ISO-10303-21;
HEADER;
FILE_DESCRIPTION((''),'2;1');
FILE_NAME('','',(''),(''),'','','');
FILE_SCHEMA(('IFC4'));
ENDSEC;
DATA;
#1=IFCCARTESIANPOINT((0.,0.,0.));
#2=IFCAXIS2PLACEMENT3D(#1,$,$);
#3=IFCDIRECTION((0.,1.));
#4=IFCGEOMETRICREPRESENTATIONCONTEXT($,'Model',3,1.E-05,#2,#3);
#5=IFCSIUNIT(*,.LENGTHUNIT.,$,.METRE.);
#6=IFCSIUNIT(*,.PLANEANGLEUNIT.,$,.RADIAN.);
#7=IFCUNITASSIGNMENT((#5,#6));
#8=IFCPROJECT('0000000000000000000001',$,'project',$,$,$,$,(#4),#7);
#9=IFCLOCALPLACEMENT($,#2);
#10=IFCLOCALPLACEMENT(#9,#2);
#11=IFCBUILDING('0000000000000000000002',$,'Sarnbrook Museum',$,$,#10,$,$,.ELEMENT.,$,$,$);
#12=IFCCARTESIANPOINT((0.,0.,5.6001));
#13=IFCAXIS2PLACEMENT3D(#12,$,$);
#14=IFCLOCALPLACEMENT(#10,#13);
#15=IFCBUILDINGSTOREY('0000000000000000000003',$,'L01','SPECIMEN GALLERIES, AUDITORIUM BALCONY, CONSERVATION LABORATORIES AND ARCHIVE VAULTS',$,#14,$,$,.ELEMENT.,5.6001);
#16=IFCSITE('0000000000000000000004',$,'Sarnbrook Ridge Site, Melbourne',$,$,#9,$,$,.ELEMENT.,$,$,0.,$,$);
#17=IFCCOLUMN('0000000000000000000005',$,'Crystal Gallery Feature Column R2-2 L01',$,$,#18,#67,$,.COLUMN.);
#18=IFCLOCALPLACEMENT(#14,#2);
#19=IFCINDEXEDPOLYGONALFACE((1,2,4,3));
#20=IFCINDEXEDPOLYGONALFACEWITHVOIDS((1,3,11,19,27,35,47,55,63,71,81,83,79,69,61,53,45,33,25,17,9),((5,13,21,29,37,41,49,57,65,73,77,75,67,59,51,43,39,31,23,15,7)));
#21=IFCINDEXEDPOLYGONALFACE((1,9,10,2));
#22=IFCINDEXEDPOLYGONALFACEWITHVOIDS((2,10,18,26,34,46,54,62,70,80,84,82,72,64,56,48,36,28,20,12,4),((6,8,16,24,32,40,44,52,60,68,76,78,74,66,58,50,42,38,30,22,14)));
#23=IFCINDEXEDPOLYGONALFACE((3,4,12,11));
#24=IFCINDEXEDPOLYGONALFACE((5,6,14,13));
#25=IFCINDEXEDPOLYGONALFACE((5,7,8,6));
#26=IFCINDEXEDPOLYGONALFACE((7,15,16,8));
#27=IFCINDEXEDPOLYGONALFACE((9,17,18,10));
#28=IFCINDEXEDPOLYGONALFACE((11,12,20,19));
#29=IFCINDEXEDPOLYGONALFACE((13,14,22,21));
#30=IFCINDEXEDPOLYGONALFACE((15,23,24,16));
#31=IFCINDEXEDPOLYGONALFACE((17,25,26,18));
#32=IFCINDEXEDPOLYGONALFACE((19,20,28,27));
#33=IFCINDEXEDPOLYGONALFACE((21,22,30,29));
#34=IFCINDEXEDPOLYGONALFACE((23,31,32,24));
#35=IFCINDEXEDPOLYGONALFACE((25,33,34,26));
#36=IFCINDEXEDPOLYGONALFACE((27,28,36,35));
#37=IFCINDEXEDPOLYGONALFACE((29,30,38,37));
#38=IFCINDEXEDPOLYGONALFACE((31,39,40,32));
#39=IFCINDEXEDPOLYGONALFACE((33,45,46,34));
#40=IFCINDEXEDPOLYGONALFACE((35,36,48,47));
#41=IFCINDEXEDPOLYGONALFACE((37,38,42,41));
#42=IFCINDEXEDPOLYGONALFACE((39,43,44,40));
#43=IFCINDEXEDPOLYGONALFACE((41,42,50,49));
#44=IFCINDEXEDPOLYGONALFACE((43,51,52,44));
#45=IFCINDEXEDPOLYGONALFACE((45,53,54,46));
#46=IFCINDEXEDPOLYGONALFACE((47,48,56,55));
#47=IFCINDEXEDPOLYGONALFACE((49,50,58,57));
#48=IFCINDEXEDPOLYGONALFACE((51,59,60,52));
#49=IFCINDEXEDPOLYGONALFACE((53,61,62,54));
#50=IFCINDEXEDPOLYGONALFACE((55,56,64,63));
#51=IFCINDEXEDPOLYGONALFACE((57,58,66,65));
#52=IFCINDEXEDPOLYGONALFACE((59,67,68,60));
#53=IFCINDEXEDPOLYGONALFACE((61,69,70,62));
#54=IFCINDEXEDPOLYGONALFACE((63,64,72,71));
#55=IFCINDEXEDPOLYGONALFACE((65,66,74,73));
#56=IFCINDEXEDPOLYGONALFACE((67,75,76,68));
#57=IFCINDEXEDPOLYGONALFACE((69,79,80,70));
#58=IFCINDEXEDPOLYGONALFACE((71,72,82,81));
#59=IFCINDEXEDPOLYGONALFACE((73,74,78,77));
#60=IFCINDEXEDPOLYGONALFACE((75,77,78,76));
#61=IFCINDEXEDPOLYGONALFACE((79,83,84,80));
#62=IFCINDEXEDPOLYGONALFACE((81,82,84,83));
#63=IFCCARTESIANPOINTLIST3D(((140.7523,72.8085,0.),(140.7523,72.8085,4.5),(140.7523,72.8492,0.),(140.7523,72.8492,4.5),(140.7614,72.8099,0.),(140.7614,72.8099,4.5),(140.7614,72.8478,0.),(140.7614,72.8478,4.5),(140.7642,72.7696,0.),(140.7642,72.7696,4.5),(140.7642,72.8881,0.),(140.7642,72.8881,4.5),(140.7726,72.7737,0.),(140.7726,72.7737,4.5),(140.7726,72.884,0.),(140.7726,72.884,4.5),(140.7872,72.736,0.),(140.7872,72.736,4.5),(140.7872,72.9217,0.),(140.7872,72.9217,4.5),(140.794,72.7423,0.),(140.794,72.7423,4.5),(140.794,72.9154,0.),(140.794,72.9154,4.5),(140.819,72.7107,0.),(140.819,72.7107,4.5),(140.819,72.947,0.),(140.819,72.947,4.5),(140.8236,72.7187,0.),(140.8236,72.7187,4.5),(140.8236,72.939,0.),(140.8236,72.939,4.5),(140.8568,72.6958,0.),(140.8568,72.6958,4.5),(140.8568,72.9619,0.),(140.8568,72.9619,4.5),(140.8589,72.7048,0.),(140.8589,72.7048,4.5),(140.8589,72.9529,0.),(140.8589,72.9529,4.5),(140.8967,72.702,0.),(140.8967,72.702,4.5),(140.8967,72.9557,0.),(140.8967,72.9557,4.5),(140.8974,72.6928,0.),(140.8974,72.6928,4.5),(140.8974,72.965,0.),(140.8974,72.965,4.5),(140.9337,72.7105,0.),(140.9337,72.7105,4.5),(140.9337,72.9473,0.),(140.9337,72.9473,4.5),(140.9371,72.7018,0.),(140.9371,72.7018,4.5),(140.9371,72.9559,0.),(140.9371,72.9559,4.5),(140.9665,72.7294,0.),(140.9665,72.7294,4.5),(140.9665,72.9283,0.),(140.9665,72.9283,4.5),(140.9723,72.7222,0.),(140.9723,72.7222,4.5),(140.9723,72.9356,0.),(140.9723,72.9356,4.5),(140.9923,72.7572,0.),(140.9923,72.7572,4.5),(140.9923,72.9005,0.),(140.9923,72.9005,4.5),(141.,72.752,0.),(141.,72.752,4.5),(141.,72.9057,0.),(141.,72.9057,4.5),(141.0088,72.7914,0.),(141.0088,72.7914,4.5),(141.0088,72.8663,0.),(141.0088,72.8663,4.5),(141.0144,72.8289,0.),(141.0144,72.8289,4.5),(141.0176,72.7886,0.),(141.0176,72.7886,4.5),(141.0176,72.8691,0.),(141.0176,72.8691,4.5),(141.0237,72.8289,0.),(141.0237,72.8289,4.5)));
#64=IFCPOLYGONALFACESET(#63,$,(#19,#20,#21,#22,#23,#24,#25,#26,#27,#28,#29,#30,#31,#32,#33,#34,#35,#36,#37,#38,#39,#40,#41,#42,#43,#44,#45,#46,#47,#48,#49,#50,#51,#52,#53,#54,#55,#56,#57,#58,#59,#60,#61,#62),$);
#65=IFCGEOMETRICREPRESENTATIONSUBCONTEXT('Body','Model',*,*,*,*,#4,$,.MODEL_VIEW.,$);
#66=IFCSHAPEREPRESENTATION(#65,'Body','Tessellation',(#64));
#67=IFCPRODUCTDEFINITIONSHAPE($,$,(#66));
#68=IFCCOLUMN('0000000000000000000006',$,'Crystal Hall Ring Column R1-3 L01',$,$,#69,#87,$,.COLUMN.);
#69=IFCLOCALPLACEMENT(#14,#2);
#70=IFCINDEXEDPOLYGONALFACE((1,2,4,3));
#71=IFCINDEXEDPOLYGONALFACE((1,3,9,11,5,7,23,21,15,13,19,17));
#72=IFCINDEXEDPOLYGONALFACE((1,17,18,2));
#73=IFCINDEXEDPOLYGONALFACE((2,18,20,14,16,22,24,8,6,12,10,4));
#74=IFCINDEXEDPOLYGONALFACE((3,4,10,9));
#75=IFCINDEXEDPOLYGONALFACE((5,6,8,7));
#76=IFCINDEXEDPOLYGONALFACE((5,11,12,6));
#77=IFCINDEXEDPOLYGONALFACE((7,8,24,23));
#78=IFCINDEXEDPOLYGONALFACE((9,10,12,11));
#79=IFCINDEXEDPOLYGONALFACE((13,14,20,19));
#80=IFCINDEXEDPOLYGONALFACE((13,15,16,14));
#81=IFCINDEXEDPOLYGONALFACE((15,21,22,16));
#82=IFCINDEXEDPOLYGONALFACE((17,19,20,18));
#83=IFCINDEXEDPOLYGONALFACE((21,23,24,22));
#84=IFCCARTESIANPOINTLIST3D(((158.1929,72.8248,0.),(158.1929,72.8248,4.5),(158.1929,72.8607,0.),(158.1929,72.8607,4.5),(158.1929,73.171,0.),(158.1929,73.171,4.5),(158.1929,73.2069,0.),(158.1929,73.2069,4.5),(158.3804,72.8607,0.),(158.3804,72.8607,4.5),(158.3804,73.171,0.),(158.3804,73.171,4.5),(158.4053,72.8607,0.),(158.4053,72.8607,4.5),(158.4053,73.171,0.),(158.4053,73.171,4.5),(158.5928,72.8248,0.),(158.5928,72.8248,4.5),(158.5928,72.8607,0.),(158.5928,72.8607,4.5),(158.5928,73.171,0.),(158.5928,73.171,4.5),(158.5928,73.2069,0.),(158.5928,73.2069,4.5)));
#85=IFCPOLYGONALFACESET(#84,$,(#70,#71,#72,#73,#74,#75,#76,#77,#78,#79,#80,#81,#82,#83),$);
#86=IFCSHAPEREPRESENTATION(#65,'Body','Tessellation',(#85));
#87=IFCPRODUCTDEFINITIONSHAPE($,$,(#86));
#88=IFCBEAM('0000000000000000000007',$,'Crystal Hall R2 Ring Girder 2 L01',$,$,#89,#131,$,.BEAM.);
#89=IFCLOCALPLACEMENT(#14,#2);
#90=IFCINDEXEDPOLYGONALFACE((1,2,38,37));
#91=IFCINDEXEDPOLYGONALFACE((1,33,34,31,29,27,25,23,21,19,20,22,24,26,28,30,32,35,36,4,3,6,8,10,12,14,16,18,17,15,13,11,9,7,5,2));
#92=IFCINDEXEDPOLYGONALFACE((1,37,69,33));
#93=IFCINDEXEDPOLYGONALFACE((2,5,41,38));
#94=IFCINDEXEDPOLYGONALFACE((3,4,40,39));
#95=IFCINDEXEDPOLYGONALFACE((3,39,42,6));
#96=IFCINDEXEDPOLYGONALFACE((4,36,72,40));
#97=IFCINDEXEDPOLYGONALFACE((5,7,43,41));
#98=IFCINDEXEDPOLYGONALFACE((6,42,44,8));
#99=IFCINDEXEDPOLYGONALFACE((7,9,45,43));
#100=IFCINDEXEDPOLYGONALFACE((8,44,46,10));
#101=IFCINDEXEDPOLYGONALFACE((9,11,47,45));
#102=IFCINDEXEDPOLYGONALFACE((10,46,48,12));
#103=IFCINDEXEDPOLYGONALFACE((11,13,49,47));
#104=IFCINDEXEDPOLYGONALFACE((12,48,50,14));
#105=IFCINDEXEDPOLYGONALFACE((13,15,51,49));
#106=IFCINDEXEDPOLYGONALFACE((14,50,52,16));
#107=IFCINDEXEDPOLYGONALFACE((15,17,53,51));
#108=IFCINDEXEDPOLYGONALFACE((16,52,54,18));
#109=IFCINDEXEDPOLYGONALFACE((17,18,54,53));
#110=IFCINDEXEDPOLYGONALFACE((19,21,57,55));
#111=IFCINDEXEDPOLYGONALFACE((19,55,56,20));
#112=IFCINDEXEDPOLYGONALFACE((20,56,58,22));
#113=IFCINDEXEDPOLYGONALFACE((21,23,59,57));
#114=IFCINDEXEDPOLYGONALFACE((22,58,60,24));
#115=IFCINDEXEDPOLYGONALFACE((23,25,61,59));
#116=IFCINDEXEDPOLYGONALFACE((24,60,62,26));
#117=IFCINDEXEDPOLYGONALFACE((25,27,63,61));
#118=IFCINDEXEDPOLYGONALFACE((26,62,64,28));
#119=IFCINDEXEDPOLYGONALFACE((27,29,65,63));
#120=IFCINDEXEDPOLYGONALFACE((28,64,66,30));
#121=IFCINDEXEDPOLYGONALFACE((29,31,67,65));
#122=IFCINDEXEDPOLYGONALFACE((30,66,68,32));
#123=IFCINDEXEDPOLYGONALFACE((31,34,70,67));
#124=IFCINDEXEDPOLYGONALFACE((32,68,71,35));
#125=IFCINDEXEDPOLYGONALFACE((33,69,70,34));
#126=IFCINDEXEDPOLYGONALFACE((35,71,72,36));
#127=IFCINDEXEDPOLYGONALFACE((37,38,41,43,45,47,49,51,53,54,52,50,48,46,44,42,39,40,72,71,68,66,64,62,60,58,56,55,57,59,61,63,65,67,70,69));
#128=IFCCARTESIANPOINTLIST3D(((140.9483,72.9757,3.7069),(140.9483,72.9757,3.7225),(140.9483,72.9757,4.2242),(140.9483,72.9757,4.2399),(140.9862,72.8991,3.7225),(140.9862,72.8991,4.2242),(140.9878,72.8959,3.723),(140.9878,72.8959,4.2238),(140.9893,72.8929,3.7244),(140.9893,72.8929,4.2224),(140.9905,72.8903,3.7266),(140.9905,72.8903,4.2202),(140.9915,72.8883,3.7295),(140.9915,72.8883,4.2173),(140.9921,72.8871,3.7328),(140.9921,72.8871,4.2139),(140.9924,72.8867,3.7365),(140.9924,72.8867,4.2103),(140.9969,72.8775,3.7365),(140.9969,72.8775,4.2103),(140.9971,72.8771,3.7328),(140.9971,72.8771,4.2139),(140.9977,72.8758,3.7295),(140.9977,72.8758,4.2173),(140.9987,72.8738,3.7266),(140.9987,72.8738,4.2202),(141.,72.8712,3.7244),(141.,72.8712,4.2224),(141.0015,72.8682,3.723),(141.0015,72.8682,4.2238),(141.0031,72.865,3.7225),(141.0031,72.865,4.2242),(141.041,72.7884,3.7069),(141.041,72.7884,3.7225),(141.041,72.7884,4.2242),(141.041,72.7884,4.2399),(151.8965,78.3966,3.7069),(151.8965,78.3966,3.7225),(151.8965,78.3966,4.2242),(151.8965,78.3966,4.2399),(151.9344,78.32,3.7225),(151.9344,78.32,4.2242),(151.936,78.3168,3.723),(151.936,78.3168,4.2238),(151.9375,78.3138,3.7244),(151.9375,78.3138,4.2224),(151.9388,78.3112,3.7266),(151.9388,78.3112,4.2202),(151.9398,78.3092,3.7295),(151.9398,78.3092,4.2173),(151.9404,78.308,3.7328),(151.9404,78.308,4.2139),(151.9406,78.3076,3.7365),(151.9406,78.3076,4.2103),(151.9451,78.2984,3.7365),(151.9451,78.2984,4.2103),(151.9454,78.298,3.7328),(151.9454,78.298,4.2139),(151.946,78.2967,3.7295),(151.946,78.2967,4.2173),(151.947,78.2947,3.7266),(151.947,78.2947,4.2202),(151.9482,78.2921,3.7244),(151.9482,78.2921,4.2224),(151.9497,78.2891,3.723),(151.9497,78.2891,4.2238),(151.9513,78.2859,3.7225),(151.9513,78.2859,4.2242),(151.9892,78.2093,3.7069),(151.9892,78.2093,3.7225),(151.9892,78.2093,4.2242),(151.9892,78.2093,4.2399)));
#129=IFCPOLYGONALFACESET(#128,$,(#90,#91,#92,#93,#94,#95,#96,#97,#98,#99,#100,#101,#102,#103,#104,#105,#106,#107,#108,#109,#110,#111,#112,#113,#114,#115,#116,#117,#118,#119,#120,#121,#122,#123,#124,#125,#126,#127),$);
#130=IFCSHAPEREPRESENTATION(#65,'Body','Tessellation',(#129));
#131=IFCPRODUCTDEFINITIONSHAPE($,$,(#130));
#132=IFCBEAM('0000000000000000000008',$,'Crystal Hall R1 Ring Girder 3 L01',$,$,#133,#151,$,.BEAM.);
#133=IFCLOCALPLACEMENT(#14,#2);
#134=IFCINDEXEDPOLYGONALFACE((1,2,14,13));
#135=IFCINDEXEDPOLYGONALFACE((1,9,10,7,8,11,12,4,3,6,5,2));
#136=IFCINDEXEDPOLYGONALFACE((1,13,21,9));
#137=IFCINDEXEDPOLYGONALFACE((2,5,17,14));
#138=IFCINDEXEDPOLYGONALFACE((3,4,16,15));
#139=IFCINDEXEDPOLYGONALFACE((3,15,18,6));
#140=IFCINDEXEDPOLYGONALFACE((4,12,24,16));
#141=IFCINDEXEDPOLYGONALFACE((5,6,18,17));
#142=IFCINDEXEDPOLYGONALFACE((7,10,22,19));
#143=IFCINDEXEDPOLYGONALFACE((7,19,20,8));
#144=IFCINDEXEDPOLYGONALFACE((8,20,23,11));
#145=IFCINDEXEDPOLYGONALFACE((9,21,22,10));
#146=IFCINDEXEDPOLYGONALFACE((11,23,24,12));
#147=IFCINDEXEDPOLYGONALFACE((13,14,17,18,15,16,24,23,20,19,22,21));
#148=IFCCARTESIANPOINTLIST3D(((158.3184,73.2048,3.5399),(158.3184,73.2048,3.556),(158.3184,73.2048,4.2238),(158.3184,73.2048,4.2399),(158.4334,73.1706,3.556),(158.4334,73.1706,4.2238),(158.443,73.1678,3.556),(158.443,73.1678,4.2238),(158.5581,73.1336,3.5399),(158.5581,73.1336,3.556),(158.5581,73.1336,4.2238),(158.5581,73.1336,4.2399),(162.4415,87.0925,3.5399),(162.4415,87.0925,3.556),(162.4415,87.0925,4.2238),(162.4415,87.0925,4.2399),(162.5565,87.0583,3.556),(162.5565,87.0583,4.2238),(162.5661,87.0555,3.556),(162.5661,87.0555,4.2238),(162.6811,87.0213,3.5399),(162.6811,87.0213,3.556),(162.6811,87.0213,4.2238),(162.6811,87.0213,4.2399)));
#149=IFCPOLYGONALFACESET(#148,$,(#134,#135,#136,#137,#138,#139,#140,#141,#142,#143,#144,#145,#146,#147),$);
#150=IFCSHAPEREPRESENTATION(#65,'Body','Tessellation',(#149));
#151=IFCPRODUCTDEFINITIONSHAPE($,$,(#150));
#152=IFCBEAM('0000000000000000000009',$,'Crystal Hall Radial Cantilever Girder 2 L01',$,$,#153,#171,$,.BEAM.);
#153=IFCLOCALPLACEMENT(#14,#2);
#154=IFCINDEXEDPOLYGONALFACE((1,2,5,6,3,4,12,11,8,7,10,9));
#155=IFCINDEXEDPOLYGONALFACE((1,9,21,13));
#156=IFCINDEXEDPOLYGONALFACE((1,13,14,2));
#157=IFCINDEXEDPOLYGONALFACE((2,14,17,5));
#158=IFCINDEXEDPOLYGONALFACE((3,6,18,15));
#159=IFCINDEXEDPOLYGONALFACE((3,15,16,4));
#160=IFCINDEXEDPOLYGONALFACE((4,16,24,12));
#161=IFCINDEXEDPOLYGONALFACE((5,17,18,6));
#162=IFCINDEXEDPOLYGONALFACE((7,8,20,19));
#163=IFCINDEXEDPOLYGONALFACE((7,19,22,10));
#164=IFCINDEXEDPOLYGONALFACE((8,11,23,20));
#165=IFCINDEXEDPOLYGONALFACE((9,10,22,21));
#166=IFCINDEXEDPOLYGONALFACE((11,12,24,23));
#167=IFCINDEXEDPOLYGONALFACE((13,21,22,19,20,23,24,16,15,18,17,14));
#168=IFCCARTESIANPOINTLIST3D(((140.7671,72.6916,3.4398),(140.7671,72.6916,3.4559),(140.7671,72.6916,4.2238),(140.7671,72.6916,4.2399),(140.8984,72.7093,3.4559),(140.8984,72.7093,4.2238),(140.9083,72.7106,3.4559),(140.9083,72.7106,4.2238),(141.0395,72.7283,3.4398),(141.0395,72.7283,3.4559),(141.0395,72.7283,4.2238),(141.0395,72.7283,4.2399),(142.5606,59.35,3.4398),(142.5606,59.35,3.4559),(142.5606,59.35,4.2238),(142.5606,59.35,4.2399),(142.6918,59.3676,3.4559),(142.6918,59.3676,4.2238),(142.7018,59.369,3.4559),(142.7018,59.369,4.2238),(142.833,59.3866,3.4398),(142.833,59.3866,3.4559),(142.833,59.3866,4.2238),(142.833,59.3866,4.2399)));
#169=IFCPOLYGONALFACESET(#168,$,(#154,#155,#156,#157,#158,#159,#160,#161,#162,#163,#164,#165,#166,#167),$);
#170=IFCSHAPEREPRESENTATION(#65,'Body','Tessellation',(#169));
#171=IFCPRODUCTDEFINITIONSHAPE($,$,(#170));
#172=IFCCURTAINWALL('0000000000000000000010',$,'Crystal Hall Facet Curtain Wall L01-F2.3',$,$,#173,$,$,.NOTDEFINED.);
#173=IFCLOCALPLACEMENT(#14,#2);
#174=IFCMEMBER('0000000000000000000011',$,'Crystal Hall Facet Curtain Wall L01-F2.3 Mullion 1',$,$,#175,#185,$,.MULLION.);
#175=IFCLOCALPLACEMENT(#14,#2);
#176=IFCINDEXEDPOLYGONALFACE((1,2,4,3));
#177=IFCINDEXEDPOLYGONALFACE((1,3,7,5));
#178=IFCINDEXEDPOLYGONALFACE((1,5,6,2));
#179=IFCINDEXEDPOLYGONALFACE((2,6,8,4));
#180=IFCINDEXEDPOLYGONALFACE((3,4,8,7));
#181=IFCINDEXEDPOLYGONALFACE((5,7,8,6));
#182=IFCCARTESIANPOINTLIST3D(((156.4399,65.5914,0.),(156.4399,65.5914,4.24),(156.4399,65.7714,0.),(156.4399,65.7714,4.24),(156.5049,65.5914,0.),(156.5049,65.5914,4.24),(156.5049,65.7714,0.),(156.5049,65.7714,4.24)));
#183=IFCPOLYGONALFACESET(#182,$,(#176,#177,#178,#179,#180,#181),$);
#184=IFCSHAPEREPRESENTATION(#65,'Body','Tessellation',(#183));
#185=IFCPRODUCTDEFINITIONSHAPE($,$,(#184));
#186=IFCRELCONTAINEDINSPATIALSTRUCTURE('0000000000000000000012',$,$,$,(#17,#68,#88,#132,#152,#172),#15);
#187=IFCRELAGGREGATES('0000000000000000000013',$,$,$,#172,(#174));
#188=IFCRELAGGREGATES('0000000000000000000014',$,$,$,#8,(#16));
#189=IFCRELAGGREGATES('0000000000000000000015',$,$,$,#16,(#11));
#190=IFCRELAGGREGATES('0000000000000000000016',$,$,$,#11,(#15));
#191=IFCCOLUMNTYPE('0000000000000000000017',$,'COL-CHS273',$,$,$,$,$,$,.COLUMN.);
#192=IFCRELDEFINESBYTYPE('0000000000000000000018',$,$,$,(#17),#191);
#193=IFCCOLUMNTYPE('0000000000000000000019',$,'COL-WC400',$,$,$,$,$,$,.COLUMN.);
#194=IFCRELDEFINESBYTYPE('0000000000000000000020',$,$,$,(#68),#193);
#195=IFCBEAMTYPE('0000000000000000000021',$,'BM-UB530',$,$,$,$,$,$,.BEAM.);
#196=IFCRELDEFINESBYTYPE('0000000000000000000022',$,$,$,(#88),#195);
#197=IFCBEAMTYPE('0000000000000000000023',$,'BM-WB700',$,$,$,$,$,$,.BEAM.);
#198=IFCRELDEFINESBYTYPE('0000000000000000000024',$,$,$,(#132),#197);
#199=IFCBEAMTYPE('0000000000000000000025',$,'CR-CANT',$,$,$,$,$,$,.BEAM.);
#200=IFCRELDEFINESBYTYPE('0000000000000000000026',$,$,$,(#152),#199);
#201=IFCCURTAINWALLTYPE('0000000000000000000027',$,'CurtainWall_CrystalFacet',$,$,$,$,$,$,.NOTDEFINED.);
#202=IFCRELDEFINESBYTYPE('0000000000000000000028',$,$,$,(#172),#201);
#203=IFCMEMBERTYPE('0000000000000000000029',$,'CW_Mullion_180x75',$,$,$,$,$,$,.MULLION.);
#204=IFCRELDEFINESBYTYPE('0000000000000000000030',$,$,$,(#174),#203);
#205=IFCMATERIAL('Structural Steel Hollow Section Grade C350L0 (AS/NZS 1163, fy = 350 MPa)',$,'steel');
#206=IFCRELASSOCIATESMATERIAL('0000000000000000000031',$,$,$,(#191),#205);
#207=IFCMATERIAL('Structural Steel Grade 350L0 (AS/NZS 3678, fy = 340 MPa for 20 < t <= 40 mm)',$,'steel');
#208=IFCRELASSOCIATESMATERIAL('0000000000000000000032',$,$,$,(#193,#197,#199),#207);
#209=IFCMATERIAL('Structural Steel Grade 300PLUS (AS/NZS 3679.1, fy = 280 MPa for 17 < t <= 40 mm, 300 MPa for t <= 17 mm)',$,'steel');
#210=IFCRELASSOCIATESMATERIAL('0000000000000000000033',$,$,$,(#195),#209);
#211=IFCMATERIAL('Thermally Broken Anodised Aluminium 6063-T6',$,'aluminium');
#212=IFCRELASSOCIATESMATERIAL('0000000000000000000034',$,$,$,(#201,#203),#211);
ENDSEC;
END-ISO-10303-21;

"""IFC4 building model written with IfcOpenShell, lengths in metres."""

from ifc_helpers import new_model, si_unit, direction, frame, origin, origin_2d, place, context, subcontext, project, spatial, rectangle, hollow_circle, i_section, extrude, material, material_profile, profile_set, type_object, element, aggregate, save


model = new_model("IFC4")

# Units and contexts
model_context = context("Model", 3, precision=1e-05, world=origin(), true_north=direction((0.0, 1.0)))
body_context = subcontext(model_context, "Body", "Model", "MODEL_VIEW")
ifc_project = project(units=[si_unit("LENGTHUNIT", "METRE"), si_unit("PLANEANGLEUNIT", "RADIAN")], contexts=[model_context])

# Site, building, storey
site_placement = place(None, origin())
site = spatial("IfcSite", under=ifc_project, at=site_placement, Name="Sarnbrook Ridge Site, Melbourne", CompositionType="ELEMENT", RefElevation=0.0)
building_placement = place(site_placement, origin())
building = spatial("IfcBuilding", under=site, at=building_placement, Name="Sarnbrook Museum", CompositionType="ELEMENT")
storey_placement = place(building_placement, frame((0.0, 0.0, 5.6001)))
storey = spatial("IfcBuildingStorey", under=building, at=storey_placement, Name="L01", Description="SPECIMEN GALLERIES, AUDITORIUM BALCONY, CONSERVATION LABORATORIES AND ARCHIVE VAULTS", CompositionType="ELEMENT", Elevation=5.6001)

# Columns
ifc_material_1 = material(Name="Structural Steel Hollow Section Grade C350L0 (AS/NZS 1163, fy = 350 MPa)", Category="steel")
ifc_material_profile_1 = material_profile(ifc_material_1, hollow_circle(Radius=0.1365, WallThickness=0.0093, at=origin_2d()), Name="273.1x9.3CHS")
ifc_profile_set_1 = profile_set([ifc_material_profile_1], Name="Structural Steel Hollow Section Grade C350L0 (AS/NZS 1163, fy = 350 MPa)")
column_type_1 = type_object("IfcColumnType", Name="COL-CHS273", PredefinedType="COLUMN", material=ifc_profile_set_1)
column_1_placement = place(storey_placement, frame((140.8872, 72.8289, 0.0), z_axis=(0.0, 0.0, 1.0), x_axis=(1.0, 0.0, 0.0)))
element("IfcColumn", 1, at=column_1_placement, inside=storey, type_object=column_type_1, Name="Crystal Gallery Feature Column R2-2 L01", PredefinedType="COLUMN", context=body_context, shape_type="SweptSolid", body=[
    extrude(hollow_circle(Radius=0.1365, WallThickness=0.0093, at=origin_2d()), origin(), (0.0, 0.0, 1.0), 4.5),
])
ifc_material_2 = material(Name="Structural Steel Grade 350L0 (AS/NZS 3678, fy = 340 MPa for 20 < t <= 40 mm)", Category="steel")
ifc_material_profile_2 = material_profile(ifc_material_2, i_section(OverallWidth=0.3999, OverallDepth=0.3821, WebThickness=0.0249, FlangeThickness=0.0359, at=origin_2d()), Name="400WC270")
ifc_profile_set_2 = profile_set([ifc_material_profile_2], Name="Structural Steel Grade 350L0 (AS/NZS 3678, fy = 340 MPa for 20 < t <= 40 mm)")
column_type_2 = type_object("IfcColumnType", Name="COL-WC400", PredefinedType="COLUMN", material=ifc_profile_set_2)
column_2_placement = place(storey_placement, frame((158.3928, 73.0159, 0.0), z_axis=(0.0, 0.0, 1.0), x_axis=(1.0, 0.0, 0.0)))
element("IfcColumn", 2, at=column_2_placement, inside=storey, type_object=column_type_2, Name="Crystal Hall Ring Column R1-3 L01", PredefinedType="COLUMN", context=body_context, shape_type="SweptSolid", body=[
    extrude(i_section(OverallWidth=0.3999, OverallDepth=0.3821, WebThickness=0.0249, FlangeThickness=0.0359, at=origin_2d()), origin(), (0.0, 0.0, 1.0), 4.5),
])

# Beams
ifc_material_3 = material(Name="Structural Steel Grade 300PLUS (AS/NZS 3679.1, fy = 280 MPa for 17 < t <= 40 mm, 300 MPa for t <= 17 mm)", Category="steel")
ifc_material_profile_3 = material_profile(ifc_material_3, i_section(OverallWidth=0.209, OverallDepth=0.533, WebThickness=0.0103, FlangeThickness=0.0156, FilletRadius=0.0139, at=origin_2d()), Name="530UB92.4")
ifc_profile_set_3 = profile_set([ifc_material_profile_3], Name="Structural Steel Grade 300PLUS (AS/NZS 3679.1, fy = 280 MPa for 17 < t <= 40 mm, 300 MPa for t <= 17 mm)")
beam_type_1 = type_object("IfcBeamType", Name="BM-UB530", PredefinedType="BEAM", material=ifc_profile_set_3)
beam_1_placement = place(storey_placement, frame((140.9946, 72.8821, 3.9734), z_axis=(0.896163, 0.443725, 0.0), x_axis=(-0.443725, 0.896163, 0.0)))
element("IfcBeam", 3, at=beam_1_placement, inside=storey, type_object=beam_type_1, Name="Crystal Hall R2 Ring Girder 2 L01", PredefinedType="BEAM", context=body_context, shape_type="SweptSolid", body=[
    extrude(i_section(OverallWidth=0.209, OverallDepth=0.533, WebThickness=0.0103, FlangeThickness=0.0156, FilletRadius=0.0139, at=origin_2d()), origin(), (0.0, 0.0, 1.0), 12.2168),
])
ifc_material_profile_4 = material_profile(ifc_material_2, i_section(OverallWidth=0.25, OverallDepth=0.7, WebThickness=0.01, FlangeThickness=0.0161, at=origin_2d()), Name="700WB130")
ifc_profile_set_4 = profile_set([ifc_material_profile_4], Name="Structural Steel Grade 350L0 (AS/NZS 3678, fy = 340 MPa for 20 < t <= 40 mm)")
beam_type_2 = type_object("IfcBeamType", Name="BM-WB700", PredefinedType="BEAM", material=ifc_profile_set_4)
beam_2_placement = place(storey_placement, frame((158.4382, 73.1692, 3.8899), z_axis=(0.284607, 0.958644, 0.0), x_axis=(-0.958644, 0.284607, 0.0)))
element("IfcBeam", 4, at=beam_2_placement, inside=storey, type_object=beam_type_2, Name="Crystal Hall R1 Ring Girder 3 L01", PredefinedType="BEAM", context=body_context, shape_type="SweptSolid", body=[
    extrude(i_section(OverallWidth=0.25, OverallDepth=0.7, WebThickness=0.01, FlangeThickness=0.0161, at=origin_2d()), origin(), (0.0, 0.0, 1.0), 14.4868),
])
ifc_material_profile_5 = material_profile(ifc_material_2, i_section(OverallWidth=0.2749, OverallDepth=0.8, WebThickness=0.01, FlangeThickness=0.0161, at=origin_2d()), Name="800WB146")
ifc_profile_set_5 = profile_set([ifc_material_profile_5], Name="Structural Steel Grade 350L0 (AS/NZS 3678, fy = 340 MPa for 20 < t <= 40 mm)")
beam_type_3 = type_object("IfcBeamType", Name="CR-CANT", PredefinedType="BEAM", material=ifc_profile_set_5)
beam_3_placement = place(storey_placement, frame((140.9033, 72.71, 3.8398), z_axis=(0.133228, -0.991085, 0.0), x_axis=(0.991085, 0.133228, 0.0)))
element("IfcBeam", 5, at=beam_3_placement, inside=storey, type_object=beam_type_3, Name="Crystal Hall Radial Cantilever Girder 2 L01", PredefinedType="BEAM", context=body_context, shape_type="SweptSolid", body=[
    extrude(i_section(OverallWidth=0.2749, OverallDepth=0.8, WebThickness=0.01, FlangeThickness=0.0161, at=origin_2d()), origin(), (0.0, 0.0, 1.0), 13.4617),
])

# Curtain wall, member
ifc_material_4 = material(Name="Thermally Broken Anodised Aluminium 6063-T6", Category="aluminium")
curtain_wall_type = type_object("IfcCurtainWallType", Name="CurtainWall_CrystalFacet", PredefinedType="NOTDEFINED", material=ifc_material_4)
curtain_wall_placement = place(storey_placement, origin())
curtain_wall = element("IfcCurtainWall", 6, at=curtain_wall_placement, inside=storey, type_object=curtain_wall_type, Name="Crystal Hall Facet Curtain Wall L01-F2.3", PredefinedType="NOTDEFINED")
ifc_material_profile_6 = material_profile(ifc_material_4, rectangle(XDim=0.0649, YDim=0.1799, at=origin_2d()), Name="ALU MULLION 65x180")
ifc_profile_set_6 = profile_set([ifc_material_profile_6], Name="Thermally Broken Anodised Aluminium 6063-T6")
member_type_1 = type_object("IfcMemberType", Name="CW_Mullion_180x75", PredefinedType="MULLION", material=ifc_profile_set_6)
member_1_placement = place(storey_placement, frame((156.4724, 65.6814, 0.0), z_axis=(0.0, 0.0, 1.0), x_axis=(1.0, 0.0, 0.0)))
member_1 = element("IfcMember", 7, at=member_1_placement, type_object=member_type_1, Name="Crystal Hall Facet Curtain Wall L01-F2.3 Mullion 1", PredefinedType="MULLION", context=body_context, shape_type="SweptSolid", body=[
    extrude(rectangle(XDim=0.0649, YDim=0.1799, at=origin_2d()), origin(), (0.0, 0.0, 1.0), 4.24),
])

aggregate(curtain_wall, [member_1])

save(model, "model.ifc")
